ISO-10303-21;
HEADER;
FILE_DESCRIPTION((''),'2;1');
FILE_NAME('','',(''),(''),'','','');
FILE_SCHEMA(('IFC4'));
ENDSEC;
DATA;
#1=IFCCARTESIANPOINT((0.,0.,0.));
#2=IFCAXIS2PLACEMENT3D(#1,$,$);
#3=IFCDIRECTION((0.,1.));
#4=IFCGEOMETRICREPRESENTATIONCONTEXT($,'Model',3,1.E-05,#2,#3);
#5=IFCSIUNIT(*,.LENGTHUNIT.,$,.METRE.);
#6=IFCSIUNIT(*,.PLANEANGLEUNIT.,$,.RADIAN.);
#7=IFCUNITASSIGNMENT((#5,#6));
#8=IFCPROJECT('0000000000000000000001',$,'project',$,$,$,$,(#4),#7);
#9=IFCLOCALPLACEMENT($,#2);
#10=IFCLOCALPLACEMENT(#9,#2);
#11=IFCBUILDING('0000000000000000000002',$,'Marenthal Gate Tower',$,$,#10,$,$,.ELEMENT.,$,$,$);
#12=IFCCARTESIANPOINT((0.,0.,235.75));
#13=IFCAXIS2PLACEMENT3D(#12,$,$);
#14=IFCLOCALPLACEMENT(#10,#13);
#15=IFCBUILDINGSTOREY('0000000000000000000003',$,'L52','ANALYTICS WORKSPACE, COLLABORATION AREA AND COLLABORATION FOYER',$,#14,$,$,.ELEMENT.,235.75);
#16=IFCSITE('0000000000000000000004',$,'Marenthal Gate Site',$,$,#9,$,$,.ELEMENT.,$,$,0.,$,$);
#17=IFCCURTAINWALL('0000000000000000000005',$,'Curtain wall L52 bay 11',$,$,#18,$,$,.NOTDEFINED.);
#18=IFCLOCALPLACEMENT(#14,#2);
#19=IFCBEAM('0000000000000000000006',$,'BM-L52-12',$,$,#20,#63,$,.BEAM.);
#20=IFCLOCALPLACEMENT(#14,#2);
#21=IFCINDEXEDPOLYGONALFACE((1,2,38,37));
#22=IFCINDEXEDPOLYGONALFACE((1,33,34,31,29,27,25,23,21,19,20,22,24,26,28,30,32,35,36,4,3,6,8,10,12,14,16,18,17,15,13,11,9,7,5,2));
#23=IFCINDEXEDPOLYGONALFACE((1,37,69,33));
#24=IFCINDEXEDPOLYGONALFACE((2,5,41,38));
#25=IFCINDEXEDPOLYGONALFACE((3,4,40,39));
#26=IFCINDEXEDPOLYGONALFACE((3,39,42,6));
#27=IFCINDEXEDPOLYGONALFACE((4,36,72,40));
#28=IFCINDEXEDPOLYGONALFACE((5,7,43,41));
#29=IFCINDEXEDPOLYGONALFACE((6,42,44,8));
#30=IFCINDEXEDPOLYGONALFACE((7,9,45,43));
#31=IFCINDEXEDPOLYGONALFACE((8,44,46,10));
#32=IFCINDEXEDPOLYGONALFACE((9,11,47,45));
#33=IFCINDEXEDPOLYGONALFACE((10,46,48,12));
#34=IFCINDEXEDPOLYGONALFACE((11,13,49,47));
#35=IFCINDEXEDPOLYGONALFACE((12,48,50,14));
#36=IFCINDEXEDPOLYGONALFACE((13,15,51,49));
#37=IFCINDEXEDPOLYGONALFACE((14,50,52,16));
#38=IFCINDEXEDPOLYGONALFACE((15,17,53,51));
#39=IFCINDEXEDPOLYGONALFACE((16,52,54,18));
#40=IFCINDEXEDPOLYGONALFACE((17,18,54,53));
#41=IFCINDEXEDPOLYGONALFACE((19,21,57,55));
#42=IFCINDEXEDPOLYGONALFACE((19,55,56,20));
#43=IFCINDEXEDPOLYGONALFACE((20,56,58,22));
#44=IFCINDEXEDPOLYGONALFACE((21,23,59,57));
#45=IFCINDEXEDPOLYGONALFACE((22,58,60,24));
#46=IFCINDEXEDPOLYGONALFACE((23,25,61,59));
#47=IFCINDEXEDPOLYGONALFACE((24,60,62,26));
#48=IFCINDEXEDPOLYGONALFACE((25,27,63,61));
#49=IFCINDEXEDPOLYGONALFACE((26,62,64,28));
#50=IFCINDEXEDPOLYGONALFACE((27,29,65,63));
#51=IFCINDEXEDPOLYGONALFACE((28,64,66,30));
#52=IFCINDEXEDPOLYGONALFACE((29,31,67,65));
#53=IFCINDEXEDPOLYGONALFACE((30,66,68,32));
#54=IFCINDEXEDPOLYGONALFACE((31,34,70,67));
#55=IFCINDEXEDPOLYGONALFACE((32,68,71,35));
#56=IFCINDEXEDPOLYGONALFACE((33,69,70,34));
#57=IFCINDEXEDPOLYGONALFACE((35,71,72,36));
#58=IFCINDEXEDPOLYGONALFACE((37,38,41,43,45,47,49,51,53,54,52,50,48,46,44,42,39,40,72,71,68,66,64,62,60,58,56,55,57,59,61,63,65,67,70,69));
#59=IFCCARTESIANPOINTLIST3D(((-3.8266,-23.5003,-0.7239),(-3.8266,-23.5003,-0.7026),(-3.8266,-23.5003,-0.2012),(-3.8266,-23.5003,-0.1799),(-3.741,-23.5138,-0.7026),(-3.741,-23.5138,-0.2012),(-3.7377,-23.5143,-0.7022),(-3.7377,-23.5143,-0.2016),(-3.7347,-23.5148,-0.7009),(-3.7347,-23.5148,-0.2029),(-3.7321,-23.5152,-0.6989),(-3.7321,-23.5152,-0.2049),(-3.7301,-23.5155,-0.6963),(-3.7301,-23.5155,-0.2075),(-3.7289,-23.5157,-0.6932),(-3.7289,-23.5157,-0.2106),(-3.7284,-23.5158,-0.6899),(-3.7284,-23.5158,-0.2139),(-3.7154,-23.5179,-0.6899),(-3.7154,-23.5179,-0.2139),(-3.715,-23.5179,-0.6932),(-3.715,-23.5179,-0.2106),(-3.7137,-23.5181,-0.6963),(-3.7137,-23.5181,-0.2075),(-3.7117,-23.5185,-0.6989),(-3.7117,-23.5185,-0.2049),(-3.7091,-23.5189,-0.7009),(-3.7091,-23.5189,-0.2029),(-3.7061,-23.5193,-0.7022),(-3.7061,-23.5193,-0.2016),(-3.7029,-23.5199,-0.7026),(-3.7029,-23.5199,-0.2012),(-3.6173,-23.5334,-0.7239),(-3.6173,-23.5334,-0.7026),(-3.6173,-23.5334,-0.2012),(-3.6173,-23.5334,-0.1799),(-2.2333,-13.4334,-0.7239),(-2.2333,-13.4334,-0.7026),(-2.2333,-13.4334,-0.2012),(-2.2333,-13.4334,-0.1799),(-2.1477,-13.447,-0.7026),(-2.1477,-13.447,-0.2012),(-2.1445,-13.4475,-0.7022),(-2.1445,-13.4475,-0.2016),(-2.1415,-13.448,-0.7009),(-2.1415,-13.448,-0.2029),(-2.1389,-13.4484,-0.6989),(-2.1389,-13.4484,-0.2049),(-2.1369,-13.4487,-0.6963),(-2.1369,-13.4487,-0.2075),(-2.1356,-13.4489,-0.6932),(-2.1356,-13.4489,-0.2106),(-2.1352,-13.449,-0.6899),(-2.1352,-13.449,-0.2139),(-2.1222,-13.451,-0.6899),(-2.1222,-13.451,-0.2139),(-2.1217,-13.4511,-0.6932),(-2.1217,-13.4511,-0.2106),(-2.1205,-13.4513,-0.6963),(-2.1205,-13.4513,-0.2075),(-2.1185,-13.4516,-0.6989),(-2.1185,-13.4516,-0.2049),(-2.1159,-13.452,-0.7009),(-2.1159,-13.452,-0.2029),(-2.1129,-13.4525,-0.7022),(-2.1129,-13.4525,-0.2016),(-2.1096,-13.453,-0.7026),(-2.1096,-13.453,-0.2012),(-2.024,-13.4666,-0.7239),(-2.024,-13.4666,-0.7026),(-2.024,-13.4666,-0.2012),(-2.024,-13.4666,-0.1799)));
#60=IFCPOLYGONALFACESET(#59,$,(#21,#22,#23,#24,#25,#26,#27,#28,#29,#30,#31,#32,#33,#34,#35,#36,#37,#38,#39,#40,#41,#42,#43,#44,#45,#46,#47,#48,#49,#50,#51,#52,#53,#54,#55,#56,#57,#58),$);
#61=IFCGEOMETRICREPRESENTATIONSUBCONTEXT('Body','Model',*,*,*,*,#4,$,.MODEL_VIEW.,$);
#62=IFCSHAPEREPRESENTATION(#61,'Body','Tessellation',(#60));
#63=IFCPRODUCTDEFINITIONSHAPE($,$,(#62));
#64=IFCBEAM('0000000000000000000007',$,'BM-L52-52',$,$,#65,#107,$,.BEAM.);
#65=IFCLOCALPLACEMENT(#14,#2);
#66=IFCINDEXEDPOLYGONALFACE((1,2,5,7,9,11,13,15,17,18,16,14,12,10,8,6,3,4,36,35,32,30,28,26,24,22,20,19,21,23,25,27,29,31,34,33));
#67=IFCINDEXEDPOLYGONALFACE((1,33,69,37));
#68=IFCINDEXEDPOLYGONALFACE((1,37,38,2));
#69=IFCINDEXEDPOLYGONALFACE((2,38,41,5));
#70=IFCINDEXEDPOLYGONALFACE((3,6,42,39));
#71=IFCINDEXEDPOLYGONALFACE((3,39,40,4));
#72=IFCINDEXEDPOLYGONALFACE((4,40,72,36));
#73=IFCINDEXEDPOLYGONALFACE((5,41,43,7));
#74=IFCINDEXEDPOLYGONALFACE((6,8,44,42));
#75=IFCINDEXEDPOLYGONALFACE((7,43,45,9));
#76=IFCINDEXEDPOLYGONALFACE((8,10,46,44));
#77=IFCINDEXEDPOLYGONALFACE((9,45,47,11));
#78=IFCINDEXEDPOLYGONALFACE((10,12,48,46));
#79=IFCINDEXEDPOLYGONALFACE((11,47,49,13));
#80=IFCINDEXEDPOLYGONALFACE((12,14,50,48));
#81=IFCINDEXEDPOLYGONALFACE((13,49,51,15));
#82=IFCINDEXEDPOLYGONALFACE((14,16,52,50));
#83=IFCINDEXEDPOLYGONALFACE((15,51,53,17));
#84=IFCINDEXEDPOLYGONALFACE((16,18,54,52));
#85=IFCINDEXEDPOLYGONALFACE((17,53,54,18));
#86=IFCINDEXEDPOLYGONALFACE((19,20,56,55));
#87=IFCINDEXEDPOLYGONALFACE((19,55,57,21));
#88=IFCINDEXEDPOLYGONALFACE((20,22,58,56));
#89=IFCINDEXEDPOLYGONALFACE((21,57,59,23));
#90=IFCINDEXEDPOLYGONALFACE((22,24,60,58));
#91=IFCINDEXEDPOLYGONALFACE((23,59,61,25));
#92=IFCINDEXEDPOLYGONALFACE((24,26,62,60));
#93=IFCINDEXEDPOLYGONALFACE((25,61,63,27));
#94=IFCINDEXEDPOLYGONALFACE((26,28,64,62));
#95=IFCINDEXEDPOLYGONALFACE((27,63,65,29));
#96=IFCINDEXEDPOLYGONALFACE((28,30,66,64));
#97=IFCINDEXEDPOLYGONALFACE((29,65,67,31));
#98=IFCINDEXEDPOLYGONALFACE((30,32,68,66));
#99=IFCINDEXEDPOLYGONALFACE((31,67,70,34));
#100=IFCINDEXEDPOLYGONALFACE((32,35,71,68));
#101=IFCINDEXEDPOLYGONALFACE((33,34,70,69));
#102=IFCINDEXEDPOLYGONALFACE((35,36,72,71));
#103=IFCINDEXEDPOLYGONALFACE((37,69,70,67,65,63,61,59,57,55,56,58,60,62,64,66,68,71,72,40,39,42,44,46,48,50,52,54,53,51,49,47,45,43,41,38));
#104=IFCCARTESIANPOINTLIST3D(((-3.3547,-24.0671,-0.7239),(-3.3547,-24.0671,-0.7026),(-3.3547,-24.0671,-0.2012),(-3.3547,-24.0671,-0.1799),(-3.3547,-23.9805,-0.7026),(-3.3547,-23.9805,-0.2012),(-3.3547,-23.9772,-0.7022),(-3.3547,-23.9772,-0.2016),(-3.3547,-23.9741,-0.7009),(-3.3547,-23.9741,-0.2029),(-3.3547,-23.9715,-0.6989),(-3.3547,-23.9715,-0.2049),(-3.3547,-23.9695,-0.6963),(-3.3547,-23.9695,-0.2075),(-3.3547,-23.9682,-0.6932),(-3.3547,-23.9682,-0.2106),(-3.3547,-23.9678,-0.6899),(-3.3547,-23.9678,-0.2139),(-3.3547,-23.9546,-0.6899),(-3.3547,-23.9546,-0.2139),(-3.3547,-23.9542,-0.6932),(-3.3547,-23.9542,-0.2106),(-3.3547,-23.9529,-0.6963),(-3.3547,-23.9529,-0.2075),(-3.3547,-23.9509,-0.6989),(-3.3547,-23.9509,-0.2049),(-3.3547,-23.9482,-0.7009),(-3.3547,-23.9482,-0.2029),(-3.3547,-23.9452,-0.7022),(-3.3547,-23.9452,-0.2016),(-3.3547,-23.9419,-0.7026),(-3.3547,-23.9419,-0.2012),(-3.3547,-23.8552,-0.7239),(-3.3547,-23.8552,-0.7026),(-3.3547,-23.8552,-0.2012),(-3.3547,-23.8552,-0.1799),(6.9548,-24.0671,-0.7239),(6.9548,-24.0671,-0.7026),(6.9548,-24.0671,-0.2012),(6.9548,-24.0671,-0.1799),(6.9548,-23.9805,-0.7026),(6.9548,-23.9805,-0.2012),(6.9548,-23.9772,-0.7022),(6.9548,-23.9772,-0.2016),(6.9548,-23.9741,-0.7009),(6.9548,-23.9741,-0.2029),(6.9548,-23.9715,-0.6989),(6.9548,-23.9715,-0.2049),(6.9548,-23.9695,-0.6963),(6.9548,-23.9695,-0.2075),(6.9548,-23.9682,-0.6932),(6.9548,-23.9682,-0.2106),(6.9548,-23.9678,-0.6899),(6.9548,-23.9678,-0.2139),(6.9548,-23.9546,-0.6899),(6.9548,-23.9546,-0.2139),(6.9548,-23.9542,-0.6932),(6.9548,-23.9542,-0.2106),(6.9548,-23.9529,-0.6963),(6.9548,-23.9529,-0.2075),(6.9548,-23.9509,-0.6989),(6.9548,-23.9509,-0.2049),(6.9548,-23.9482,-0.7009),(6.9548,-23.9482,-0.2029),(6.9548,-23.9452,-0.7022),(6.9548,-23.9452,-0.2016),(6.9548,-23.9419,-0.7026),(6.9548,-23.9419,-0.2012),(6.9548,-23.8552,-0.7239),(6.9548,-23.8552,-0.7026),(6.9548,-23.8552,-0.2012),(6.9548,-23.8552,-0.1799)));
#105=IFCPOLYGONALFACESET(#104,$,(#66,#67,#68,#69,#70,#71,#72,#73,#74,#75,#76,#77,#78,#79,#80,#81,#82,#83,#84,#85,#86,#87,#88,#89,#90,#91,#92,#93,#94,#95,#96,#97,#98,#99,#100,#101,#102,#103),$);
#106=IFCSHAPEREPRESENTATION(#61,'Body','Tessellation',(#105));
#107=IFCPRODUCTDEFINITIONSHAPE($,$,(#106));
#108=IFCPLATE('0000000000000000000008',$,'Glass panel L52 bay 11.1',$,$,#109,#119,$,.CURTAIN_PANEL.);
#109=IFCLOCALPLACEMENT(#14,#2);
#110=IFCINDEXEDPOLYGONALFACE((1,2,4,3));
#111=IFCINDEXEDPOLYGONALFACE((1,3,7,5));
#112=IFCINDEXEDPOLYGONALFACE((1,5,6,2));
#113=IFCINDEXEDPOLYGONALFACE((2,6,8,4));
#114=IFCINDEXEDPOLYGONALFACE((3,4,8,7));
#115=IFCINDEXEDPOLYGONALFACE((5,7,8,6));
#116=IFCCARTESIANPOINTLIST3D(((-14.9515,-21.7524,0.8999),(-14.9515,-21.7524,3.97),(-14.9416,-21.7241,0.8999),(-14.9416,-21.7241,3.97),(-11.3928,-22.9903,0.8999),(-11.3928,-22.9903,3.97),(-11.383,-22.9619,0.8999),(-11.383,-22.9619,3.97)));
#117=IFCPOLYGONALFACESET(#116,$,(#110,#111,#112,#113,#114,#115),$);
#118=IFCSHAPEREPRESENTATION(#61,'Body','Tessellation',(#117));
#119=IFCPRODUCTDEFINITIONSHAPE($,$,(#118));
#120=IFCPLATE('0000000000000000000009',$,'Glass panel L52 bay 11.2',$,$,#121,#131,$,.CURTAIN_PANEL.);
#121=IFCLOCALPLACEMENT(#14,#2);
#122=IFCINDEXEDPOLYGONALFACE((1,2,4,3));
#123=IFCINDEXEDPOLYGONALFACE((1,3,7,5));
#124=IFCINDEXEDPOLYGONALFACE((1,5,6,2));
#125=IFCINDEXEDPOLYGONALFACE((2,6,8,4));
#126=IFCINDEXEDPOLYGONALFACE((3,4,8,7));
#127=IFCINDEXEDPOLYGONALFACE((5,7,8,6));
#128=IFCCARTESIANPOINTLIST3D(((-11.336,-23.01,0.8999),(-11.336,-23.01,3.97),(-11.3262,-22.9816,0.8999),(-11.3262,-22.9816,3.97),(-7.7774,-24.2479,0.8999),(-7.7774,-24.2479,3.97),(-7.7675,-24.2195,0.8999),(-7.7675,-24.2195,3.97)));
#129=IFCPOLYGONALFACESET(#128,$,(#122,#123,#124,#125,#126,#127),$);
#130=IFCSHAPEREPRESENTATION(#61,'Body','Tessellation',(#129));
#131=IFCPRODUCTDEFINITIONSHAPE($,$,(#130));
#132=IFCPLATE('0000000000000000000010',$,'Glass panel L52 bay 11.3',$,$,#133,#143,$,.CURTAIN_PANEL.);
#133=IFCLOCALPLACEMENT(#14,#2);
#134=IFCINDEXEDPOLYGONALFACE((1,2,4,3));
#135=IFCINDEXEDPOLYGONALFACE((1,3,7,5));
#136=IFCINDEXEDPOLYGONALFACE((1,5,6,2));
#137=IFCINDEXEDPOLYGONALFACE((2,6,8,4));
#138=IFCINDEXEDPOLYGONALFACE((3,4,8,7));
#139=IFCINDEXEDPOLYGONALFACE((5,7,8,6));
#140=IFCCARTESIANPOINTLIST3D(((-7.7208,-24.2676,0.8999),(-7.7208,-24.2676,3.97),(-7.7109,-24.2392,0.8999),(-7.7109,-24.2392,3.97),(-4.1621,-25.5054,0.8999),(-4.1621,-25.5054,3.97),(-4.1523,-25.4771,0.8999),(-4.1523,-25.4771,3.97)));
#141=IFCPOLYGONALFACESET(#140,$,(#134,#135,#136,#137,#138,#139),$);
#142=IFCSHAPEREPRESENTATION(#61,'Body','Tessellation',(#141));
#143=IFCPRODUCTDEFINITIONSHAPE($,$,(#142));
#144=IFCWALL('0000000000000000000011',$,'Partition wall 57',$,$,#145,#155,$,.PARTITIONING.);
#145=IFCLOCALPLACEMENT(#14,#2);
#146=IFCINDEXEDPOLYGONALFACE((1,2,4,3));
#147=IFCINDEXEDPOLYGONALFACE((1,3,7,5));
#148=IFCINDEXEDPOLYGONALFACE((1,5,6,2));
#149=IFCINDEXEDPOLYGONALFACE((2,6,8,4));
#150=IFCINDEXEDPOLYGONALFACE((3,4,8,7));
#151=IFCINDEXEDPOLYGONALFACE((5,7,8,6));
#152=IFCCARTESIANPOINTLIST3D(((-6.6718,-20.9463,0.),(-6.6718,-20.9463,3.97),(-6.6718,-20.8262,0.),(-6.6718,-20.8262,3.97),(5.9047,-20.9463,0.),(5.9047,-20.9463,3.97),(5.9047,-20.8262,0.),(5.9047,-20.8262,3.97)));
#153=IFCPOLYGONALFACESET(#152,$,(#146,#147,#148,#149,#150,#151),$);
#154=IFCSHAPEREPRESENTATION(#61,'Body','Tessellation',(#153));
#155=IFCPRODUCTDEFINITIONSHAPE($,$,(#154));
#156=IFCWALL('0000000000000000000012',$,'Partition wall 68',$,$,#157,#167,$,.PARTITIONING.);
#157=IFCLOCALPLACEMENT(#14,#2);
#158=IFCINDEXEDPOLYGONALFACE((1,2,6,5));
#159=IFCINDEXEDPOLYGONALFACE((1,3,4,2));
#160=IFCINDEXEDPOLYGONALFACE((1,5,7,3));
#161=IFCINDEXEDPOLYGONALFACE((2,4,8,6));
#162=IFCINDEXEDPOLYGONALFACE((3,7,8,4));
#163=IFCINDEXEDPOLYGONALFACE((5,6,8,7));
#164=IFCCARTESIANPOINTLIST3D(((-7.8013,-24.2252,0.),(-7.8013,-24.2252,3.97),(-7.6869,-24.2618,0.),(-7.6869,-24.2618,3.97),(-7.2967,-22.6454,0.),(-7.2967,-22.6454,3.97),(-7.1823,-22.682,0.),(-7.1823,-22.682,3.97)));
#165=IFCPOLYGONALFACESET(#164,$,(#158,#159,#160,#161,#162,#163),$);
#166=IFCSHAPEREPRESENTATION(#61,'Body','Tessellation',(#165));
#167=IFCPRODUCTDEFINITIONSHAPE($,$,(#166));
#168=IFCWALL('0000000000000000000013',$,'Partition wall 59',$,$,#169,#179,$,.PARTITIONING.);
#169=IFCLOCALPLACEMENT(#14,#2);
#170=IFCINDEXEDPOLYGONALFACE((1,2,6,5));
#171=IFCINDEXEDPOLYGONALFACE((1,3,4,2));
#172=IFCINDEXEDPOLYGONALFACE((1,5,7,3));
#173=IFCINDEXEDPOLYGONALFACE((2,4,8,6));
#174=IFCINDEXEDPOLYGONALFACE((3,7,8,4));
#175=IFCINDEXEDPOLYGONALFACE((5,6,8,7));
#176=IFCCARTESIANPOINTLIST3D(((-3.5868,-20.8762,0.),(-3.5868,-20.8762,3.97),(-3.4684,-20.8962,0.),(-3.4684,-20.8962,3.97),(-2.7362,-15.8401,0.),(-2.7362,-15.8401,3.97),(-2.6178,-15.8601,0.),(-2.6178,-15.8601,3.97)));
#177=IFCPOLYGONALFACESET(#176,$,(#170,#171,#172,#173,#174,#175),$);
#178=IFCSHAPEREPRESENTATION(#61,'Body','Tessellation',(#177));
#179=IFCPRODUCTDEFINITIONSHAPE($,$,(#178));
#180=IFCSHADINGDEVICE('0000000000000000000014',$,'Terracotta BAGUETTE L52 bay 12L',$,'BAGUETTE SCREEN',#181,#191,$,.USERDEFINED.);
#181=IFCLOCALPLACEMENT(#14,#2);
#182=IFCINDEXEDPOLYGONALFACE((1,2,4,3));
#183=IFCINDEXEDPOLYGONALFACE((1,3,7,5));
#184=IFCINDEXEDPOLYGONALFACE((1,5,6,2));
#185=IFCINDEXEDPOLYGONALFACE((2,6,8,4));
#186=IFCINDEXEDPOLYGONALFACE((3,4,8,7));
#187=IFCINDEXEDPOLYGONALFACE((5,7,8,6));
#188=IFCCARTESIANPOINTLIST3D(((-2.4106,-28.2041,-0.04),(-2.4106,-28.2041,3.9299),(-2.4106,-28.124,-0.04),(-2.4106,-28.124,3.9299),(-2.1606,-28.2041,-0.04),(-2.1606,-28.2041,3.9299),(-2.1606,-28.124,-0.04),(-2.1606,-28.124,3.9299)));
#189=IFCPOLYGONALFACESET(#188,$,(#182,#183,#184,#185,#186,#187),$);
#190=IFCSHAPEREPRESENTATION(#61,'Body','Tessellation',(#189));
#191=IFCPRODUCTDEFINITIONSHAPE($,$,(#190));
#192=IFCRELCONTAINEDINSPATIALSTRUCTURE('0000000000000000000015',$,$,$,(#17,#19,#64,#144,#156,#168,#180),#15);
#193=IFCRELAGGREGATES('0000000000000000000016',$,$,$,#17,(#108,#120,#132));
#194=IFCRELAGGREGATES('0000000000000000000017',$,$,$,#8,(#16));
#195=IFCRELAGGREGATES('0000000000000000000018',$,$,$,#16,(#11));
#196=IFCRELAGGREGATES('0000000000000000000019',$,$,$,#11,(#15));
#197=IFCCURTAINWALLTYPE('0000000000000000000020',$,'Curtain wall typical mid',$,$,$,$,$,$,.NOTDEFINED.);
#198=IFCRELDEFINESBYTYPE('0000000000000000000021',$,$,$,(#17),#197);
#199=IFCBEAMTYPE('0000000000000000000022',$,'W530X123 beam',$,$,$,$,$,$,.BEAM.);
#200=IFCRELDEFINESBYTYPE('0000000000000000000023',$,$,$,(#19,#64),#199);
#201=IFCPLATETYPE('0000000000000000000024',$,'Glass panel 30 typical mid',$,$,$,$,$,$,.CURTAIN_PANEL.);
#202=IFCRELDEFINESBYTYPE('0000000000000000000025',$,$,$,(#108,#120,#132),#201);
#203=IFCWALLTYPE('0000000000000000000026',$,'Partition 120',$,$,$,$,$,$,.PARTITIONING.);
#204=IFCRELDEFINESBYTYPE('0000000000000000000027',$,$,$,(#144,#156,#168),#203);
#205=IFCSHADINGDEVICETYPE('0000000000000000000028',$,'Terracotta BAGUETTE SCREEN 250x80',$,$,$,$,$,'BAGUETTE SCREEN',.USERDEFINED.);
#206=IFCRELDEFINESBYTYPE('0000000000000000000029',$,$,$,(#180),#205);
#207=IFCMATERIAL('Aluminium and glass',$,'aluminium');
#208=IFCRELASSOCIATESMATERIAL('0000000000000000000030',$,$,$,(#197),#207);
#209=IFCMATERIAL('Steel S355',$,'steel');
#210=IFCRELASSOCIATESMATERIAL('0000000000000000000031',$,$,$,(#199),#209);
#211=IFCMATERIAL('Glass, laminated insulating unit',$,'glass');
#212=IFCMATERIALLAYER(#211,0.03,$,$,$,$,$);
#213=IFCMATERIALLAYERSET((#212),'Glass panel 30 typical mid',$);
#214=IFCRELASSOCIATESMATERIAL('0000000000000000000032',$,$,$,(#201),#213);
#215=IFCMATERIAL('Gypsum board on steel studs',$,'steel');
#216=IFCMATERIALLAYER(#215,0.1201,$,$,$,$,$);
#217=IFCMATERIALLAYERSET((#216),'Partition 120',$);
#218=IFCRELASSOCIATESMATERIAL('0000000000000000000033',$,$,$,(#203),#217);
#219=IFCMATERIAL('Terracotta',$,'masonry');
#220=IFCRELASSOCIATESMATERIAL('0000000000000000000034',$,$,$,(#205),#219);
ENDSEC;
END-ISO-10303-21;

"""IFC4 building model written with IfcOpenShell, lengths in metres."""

from ifc_helpers import new_model, si_unit, direction, frame, frame_2d, origin, origin_2d, place, context, subcontext, project, spatial, rectangle, i_section, extrude, material, layer, layer_set, material_profile, profile_set, type_object, element, aggregate, save


model = new_model("IFC4")

# Units and contexts
model_context = context("Model", 3, precision=1e-05, world=origin(), true_north=direction((0.0, 1.0)))
body_context = subcontext(model_context, "Body", "Model", "MODEL_VIEW")
ifc_project = project(units=[si_unit("LENGTHUNIT", "METRE"), si_unit("PLANEANGLEUNIT", "RADIAN")], contexts=[model_context])

# Site, building, storey
site_placement = place(None, origin())
site = spatial("IfcSite", under=ifc_project, at=site_placement, Name="Marenthal Gate Site", CompositionType="ELEMENT", RefElevation=0.0)
building_placement = place(site_placement, origin())
building = spatial("IfcBuilding", under=site, at=building_placement, Name="Marenthal Gate Tower", CompositionType="ELEMENT")
storey_placement = place(building_placement, frame((0.0, 0.0, 235.75)))
storey = spatial("IfcBuildingStorey", under=building, at=storey_placement, Name="L52", Description="ANALYTICS WORKSPACE, COLLABORATION AREA AND COLLABORATION FOYER", CompositionType="ELEMENT", Elevation=235.75)

# Curtain wall
ifc_material_1 = material(Name="Aluminium and glass", Category="aluminium")
curtain_wall_type = type_object("IfcCurtainWallType", Name="Curtain wall typical mid", PredefinedType="NOTDEFINED", material=ifc_material_1)
curtain_wall_placement = place(storey_placement, origin())
curtain_wall = element("IfcCurtainWall", 1, at=curtain_wall_placement, inside=storey, type_object=curtain_wall_type, Name="Curtain wall L52 bay 11", PredefinedType="NOTDEFINED")

# Beams
ifc_material_2 = material(Name="Steel S355", Category="steel")
ifc_material_profile_1 = material_profile(ifc_material_2, i_section(OverallWidth=0.2119, OverallDepth=0.5439, WebThickness=0.0132, FlangeThickness=0.0212, FilletRadius=0.0127, at=origin_2d()), Name="W530X123")
ifc_profile_set_1 = profile_set([ifc_material_profile_1], Name="Steel S355")
beam_type_1 = type_object("IfcBeamType", Name="W530X123 beam", PredefinedType="BEAM", material=ifc_profile_set_1)
beam_1_placement = place(storey_placement, frame((-3.7219, -23.5168, -0.4519), z_axis=(0.156322, 0.987706, 0.0), x_axis=(-0.987706, 0.156322, 0.0)))
element("IfcBeam", 2, at=beam_1_placement, inside=storey, type_object=beam_type_1, Name="BM-L52-12", PredefinedType="BEAM", context=body_context, shape_type="SweptSolid", body=[
    extrude(i_section(OverallWidth=0.2119, OverallDepth=0.5439, WebThickness=0.0132, FlangeThickness=0.0212, FilletRadius=0.0127, at=origin_2d()), origin(), (0.0, 0.0, 1.0), 10.1921),
])
beam_2_placement = place(storey_placement, frame((-3.3547, -23.9612, -0.4519), z_axis=(1.0, 0.0, 0.0), x_axis=(0.0, 1.0, 0.0)))
element("IfcBeam", 3, at=beam_2_placement, inside=storey, type_object=beam_type_1, Name="BM-L52-52", PredefinedType="BEAM", context=body_context, shape_type="SweptSolid", body=[
    extrude(i_section(OverallWidth=0.2119, OverallDepth=0.5439, WebThickness=0.0132, FlangeThickness=0.0212, FilletRadius=0.0127, at=origin_2d()), origin(), (0.0, 0.0, 1.0), 10.3096),
])

# Plates
ifc_material_3 = material(Name="Glass, laminated insulating unit", Category="glass")
ifc_layer_1 = layer(ifc_material_3, 0.03)
ifc_layer_set_1 = layer_set([ifc_layer_1], Name="Glass panel 30 typical mid")
plate_type = type_object("IfcPlateType", Name="Glass panel 30 typical mid", PredefinedType="CURTAIN_PANEL", material=ifc_layer_set_1)
plate_1_placement = place(storey_placement, frame((-13.1672, -22.3572, 0.8999), z_axis=(0.0, 0.0, 1.0), x_axis=(0.94449, -0.32854, 0.0)))
plate_1 = element("IfcPlate", 4, at=plate_1_placement, type_object=plate_type, Name="Glass panel L52 bay 11.1", PredefinedType="CURTAIN_PANEL", context=body_context, shape_type="SweptSolid", body=[
    extrude(rectangle(XDim=3.7678, YDim=0.03, at=origin_2d()), origin(), (0.0, 0.0, 1.0), 3.0701),
])
plate_2_placement = place(storey_placement, frame((-9.5518, -23.6147, 0.8999), z_axis=(0.0, 0.0, 1.0), x_axis=(0.94449, -0.32854, 0.0)))
plate_2 = element("IfcPlate", 5, at=plate_2_placement, type_object=plate_type, Name="Glass panel L52 bay 11.2", PredefinedType="CURTAIN_PANEL", context=body_context, shape_type="SweptSolid", body=[
    extrude(rectangle(XDim=3.7678, YDim=0.03, at=origin_2d()), origin(), (0.0, 0.0, 1.0), 3.0701),
])
plate_3_placement = place(storey_placement, frame((-5.9365, -24.8723, 0.8999), z_axis=(0.0, 0.0, 1.0), x_axis=(0.94449, -0.32854, 0.0)))
plate_3 = element("IfcPlate", 6, at=plate_3_placement, type_object=plate_type, Name="Glass panel L52 bay 11.3", PredefinedType="CURTAIN_PANEL", context=body_context, shape_type="SweptSolid", body=[
    extrude(rectangle(XDim=3.7678, YDim=0.03, at=origin_2d()), origin(), (0.0, 0.0, 1.0), 3.0701),
])
aggregate(curtain_wall, [plate_1, plate_2, plate_3])

# Walls
ifc_material_4 = material(Name="Gypsum board on steel studs", Category="steel")
ifc_layer_2 = layer(ifc_material_4, 0.1201)
ifc_layer_set_2 = layer_set([ifc_layer_2], Name="Partition 120")
wall_type_1 = type_object("IfcWallType", Name="Partition 120", PredefinedType="PARTITIONING", material=ifc_layer_set_2)
wall_1_placement = place(storey_placement, frame((-6.6716, -20.8862, 0.0), z_axis=(0.0, 0.0, 1.0), x_axis=(1.0, 0.0, 0.0)))
element("IfcWall", 7, at=wall_1_placement, inside=storey, type_object=wall_type_1, Name="Partition wall 57", PredefinedType="PARTITIONING", context=body_context, shape_type="SweptSolid", body=[
    extrude(rectangle(XDim=12.5764, YDim=0.1201, at=frame_2d((6.2881, 0.0))), origin(), (0.0, 0.0, 1.0), 3.97),
])
wall_2_placement = place(storey_placement, frame((-7.2395, -22.6638, 0.0), z_axis=(0.0, 0.0, 1.0), x_axis=(-0.304279, -0.952583, 0.0)))
element("IfcWall", 8, at=wall_2_placement, inside=storey, type_object=wall_type_1, Name="Partition wall 68", PredefinedType="PARTITIONING", context=body_context, shape_type="SweptSolid", body=[
    extrude(rectangle(XDim=1.6584, YDim=0.1201, at=frame_2d((0.8291, 0.0))), origin(), (0.0, 0.0, 1.0), 3.97),
])
wall_3_placement = place(storey_placement, frame((-3.5276, -20.8862, 0.0), z_axis=(0.0, 0.0, 1.0), x_axis=(0.166538, 0.986035, 0.0)))
element("IfcWall", 9, at=wall_3_placement, inside=storey, type_object=wall_type_1, Name="Partition wall 59", PredefinedType="PARTITIONING", context=body_context, shape_type="SweptSolid", body=[
    extrude(rectangle(XDim=5.1074, YDim=0.1201, at=frame_2d((2.5537, 0.0))), origin(), (0.0, 0.0, 1.0), 3.97),
])

# Shading device
ifc_material_5 = material(Name="Terracotta", Category="masonry")
ifc_material_profile_2 = material_profile(ifc_material_5, rectangle(XDim=0.25, YDim=0.0801, at=origin_2d()), Name="Terracotta baguette 250x80")
ifc_profile_set_2 = profile_set([ifc_material_profile_2], Name="Terracotta")
shading_device_type = type_object("IfcShadingDeviceType", Name="Terracotta BAGUETTE SCREEN 250x80", ElementType="BAGUETTE SCREEN", PredefinedType="USERDEFINED", material=ifc_profile_set_2)
shading_device_placement = place(storey_placement, frame((-2.2856, -28.1641, -0.04), z_axis=(0.0, 0.0, 1.0), x_axis=(1.0, 0.0, 0.0)))
element("IfcShadingDevice", 10, at=shading_device_placement, inside=storey, type_object=shading_device_type, Name="Terracotta BAGUETTE L52 bay 12L", ObjectType="BAGUETTE SCREEN", PredefinedType="USERDEFINED", context=body_context, shape_type="SweptSolid", body=[
    extrude(rectangle(XDim=0.25, YDim=0.0801, at=origin_2d()), origin(), (0.0, 0.0, 1.0), 3.97),
])

save(model, "model.ifc")
